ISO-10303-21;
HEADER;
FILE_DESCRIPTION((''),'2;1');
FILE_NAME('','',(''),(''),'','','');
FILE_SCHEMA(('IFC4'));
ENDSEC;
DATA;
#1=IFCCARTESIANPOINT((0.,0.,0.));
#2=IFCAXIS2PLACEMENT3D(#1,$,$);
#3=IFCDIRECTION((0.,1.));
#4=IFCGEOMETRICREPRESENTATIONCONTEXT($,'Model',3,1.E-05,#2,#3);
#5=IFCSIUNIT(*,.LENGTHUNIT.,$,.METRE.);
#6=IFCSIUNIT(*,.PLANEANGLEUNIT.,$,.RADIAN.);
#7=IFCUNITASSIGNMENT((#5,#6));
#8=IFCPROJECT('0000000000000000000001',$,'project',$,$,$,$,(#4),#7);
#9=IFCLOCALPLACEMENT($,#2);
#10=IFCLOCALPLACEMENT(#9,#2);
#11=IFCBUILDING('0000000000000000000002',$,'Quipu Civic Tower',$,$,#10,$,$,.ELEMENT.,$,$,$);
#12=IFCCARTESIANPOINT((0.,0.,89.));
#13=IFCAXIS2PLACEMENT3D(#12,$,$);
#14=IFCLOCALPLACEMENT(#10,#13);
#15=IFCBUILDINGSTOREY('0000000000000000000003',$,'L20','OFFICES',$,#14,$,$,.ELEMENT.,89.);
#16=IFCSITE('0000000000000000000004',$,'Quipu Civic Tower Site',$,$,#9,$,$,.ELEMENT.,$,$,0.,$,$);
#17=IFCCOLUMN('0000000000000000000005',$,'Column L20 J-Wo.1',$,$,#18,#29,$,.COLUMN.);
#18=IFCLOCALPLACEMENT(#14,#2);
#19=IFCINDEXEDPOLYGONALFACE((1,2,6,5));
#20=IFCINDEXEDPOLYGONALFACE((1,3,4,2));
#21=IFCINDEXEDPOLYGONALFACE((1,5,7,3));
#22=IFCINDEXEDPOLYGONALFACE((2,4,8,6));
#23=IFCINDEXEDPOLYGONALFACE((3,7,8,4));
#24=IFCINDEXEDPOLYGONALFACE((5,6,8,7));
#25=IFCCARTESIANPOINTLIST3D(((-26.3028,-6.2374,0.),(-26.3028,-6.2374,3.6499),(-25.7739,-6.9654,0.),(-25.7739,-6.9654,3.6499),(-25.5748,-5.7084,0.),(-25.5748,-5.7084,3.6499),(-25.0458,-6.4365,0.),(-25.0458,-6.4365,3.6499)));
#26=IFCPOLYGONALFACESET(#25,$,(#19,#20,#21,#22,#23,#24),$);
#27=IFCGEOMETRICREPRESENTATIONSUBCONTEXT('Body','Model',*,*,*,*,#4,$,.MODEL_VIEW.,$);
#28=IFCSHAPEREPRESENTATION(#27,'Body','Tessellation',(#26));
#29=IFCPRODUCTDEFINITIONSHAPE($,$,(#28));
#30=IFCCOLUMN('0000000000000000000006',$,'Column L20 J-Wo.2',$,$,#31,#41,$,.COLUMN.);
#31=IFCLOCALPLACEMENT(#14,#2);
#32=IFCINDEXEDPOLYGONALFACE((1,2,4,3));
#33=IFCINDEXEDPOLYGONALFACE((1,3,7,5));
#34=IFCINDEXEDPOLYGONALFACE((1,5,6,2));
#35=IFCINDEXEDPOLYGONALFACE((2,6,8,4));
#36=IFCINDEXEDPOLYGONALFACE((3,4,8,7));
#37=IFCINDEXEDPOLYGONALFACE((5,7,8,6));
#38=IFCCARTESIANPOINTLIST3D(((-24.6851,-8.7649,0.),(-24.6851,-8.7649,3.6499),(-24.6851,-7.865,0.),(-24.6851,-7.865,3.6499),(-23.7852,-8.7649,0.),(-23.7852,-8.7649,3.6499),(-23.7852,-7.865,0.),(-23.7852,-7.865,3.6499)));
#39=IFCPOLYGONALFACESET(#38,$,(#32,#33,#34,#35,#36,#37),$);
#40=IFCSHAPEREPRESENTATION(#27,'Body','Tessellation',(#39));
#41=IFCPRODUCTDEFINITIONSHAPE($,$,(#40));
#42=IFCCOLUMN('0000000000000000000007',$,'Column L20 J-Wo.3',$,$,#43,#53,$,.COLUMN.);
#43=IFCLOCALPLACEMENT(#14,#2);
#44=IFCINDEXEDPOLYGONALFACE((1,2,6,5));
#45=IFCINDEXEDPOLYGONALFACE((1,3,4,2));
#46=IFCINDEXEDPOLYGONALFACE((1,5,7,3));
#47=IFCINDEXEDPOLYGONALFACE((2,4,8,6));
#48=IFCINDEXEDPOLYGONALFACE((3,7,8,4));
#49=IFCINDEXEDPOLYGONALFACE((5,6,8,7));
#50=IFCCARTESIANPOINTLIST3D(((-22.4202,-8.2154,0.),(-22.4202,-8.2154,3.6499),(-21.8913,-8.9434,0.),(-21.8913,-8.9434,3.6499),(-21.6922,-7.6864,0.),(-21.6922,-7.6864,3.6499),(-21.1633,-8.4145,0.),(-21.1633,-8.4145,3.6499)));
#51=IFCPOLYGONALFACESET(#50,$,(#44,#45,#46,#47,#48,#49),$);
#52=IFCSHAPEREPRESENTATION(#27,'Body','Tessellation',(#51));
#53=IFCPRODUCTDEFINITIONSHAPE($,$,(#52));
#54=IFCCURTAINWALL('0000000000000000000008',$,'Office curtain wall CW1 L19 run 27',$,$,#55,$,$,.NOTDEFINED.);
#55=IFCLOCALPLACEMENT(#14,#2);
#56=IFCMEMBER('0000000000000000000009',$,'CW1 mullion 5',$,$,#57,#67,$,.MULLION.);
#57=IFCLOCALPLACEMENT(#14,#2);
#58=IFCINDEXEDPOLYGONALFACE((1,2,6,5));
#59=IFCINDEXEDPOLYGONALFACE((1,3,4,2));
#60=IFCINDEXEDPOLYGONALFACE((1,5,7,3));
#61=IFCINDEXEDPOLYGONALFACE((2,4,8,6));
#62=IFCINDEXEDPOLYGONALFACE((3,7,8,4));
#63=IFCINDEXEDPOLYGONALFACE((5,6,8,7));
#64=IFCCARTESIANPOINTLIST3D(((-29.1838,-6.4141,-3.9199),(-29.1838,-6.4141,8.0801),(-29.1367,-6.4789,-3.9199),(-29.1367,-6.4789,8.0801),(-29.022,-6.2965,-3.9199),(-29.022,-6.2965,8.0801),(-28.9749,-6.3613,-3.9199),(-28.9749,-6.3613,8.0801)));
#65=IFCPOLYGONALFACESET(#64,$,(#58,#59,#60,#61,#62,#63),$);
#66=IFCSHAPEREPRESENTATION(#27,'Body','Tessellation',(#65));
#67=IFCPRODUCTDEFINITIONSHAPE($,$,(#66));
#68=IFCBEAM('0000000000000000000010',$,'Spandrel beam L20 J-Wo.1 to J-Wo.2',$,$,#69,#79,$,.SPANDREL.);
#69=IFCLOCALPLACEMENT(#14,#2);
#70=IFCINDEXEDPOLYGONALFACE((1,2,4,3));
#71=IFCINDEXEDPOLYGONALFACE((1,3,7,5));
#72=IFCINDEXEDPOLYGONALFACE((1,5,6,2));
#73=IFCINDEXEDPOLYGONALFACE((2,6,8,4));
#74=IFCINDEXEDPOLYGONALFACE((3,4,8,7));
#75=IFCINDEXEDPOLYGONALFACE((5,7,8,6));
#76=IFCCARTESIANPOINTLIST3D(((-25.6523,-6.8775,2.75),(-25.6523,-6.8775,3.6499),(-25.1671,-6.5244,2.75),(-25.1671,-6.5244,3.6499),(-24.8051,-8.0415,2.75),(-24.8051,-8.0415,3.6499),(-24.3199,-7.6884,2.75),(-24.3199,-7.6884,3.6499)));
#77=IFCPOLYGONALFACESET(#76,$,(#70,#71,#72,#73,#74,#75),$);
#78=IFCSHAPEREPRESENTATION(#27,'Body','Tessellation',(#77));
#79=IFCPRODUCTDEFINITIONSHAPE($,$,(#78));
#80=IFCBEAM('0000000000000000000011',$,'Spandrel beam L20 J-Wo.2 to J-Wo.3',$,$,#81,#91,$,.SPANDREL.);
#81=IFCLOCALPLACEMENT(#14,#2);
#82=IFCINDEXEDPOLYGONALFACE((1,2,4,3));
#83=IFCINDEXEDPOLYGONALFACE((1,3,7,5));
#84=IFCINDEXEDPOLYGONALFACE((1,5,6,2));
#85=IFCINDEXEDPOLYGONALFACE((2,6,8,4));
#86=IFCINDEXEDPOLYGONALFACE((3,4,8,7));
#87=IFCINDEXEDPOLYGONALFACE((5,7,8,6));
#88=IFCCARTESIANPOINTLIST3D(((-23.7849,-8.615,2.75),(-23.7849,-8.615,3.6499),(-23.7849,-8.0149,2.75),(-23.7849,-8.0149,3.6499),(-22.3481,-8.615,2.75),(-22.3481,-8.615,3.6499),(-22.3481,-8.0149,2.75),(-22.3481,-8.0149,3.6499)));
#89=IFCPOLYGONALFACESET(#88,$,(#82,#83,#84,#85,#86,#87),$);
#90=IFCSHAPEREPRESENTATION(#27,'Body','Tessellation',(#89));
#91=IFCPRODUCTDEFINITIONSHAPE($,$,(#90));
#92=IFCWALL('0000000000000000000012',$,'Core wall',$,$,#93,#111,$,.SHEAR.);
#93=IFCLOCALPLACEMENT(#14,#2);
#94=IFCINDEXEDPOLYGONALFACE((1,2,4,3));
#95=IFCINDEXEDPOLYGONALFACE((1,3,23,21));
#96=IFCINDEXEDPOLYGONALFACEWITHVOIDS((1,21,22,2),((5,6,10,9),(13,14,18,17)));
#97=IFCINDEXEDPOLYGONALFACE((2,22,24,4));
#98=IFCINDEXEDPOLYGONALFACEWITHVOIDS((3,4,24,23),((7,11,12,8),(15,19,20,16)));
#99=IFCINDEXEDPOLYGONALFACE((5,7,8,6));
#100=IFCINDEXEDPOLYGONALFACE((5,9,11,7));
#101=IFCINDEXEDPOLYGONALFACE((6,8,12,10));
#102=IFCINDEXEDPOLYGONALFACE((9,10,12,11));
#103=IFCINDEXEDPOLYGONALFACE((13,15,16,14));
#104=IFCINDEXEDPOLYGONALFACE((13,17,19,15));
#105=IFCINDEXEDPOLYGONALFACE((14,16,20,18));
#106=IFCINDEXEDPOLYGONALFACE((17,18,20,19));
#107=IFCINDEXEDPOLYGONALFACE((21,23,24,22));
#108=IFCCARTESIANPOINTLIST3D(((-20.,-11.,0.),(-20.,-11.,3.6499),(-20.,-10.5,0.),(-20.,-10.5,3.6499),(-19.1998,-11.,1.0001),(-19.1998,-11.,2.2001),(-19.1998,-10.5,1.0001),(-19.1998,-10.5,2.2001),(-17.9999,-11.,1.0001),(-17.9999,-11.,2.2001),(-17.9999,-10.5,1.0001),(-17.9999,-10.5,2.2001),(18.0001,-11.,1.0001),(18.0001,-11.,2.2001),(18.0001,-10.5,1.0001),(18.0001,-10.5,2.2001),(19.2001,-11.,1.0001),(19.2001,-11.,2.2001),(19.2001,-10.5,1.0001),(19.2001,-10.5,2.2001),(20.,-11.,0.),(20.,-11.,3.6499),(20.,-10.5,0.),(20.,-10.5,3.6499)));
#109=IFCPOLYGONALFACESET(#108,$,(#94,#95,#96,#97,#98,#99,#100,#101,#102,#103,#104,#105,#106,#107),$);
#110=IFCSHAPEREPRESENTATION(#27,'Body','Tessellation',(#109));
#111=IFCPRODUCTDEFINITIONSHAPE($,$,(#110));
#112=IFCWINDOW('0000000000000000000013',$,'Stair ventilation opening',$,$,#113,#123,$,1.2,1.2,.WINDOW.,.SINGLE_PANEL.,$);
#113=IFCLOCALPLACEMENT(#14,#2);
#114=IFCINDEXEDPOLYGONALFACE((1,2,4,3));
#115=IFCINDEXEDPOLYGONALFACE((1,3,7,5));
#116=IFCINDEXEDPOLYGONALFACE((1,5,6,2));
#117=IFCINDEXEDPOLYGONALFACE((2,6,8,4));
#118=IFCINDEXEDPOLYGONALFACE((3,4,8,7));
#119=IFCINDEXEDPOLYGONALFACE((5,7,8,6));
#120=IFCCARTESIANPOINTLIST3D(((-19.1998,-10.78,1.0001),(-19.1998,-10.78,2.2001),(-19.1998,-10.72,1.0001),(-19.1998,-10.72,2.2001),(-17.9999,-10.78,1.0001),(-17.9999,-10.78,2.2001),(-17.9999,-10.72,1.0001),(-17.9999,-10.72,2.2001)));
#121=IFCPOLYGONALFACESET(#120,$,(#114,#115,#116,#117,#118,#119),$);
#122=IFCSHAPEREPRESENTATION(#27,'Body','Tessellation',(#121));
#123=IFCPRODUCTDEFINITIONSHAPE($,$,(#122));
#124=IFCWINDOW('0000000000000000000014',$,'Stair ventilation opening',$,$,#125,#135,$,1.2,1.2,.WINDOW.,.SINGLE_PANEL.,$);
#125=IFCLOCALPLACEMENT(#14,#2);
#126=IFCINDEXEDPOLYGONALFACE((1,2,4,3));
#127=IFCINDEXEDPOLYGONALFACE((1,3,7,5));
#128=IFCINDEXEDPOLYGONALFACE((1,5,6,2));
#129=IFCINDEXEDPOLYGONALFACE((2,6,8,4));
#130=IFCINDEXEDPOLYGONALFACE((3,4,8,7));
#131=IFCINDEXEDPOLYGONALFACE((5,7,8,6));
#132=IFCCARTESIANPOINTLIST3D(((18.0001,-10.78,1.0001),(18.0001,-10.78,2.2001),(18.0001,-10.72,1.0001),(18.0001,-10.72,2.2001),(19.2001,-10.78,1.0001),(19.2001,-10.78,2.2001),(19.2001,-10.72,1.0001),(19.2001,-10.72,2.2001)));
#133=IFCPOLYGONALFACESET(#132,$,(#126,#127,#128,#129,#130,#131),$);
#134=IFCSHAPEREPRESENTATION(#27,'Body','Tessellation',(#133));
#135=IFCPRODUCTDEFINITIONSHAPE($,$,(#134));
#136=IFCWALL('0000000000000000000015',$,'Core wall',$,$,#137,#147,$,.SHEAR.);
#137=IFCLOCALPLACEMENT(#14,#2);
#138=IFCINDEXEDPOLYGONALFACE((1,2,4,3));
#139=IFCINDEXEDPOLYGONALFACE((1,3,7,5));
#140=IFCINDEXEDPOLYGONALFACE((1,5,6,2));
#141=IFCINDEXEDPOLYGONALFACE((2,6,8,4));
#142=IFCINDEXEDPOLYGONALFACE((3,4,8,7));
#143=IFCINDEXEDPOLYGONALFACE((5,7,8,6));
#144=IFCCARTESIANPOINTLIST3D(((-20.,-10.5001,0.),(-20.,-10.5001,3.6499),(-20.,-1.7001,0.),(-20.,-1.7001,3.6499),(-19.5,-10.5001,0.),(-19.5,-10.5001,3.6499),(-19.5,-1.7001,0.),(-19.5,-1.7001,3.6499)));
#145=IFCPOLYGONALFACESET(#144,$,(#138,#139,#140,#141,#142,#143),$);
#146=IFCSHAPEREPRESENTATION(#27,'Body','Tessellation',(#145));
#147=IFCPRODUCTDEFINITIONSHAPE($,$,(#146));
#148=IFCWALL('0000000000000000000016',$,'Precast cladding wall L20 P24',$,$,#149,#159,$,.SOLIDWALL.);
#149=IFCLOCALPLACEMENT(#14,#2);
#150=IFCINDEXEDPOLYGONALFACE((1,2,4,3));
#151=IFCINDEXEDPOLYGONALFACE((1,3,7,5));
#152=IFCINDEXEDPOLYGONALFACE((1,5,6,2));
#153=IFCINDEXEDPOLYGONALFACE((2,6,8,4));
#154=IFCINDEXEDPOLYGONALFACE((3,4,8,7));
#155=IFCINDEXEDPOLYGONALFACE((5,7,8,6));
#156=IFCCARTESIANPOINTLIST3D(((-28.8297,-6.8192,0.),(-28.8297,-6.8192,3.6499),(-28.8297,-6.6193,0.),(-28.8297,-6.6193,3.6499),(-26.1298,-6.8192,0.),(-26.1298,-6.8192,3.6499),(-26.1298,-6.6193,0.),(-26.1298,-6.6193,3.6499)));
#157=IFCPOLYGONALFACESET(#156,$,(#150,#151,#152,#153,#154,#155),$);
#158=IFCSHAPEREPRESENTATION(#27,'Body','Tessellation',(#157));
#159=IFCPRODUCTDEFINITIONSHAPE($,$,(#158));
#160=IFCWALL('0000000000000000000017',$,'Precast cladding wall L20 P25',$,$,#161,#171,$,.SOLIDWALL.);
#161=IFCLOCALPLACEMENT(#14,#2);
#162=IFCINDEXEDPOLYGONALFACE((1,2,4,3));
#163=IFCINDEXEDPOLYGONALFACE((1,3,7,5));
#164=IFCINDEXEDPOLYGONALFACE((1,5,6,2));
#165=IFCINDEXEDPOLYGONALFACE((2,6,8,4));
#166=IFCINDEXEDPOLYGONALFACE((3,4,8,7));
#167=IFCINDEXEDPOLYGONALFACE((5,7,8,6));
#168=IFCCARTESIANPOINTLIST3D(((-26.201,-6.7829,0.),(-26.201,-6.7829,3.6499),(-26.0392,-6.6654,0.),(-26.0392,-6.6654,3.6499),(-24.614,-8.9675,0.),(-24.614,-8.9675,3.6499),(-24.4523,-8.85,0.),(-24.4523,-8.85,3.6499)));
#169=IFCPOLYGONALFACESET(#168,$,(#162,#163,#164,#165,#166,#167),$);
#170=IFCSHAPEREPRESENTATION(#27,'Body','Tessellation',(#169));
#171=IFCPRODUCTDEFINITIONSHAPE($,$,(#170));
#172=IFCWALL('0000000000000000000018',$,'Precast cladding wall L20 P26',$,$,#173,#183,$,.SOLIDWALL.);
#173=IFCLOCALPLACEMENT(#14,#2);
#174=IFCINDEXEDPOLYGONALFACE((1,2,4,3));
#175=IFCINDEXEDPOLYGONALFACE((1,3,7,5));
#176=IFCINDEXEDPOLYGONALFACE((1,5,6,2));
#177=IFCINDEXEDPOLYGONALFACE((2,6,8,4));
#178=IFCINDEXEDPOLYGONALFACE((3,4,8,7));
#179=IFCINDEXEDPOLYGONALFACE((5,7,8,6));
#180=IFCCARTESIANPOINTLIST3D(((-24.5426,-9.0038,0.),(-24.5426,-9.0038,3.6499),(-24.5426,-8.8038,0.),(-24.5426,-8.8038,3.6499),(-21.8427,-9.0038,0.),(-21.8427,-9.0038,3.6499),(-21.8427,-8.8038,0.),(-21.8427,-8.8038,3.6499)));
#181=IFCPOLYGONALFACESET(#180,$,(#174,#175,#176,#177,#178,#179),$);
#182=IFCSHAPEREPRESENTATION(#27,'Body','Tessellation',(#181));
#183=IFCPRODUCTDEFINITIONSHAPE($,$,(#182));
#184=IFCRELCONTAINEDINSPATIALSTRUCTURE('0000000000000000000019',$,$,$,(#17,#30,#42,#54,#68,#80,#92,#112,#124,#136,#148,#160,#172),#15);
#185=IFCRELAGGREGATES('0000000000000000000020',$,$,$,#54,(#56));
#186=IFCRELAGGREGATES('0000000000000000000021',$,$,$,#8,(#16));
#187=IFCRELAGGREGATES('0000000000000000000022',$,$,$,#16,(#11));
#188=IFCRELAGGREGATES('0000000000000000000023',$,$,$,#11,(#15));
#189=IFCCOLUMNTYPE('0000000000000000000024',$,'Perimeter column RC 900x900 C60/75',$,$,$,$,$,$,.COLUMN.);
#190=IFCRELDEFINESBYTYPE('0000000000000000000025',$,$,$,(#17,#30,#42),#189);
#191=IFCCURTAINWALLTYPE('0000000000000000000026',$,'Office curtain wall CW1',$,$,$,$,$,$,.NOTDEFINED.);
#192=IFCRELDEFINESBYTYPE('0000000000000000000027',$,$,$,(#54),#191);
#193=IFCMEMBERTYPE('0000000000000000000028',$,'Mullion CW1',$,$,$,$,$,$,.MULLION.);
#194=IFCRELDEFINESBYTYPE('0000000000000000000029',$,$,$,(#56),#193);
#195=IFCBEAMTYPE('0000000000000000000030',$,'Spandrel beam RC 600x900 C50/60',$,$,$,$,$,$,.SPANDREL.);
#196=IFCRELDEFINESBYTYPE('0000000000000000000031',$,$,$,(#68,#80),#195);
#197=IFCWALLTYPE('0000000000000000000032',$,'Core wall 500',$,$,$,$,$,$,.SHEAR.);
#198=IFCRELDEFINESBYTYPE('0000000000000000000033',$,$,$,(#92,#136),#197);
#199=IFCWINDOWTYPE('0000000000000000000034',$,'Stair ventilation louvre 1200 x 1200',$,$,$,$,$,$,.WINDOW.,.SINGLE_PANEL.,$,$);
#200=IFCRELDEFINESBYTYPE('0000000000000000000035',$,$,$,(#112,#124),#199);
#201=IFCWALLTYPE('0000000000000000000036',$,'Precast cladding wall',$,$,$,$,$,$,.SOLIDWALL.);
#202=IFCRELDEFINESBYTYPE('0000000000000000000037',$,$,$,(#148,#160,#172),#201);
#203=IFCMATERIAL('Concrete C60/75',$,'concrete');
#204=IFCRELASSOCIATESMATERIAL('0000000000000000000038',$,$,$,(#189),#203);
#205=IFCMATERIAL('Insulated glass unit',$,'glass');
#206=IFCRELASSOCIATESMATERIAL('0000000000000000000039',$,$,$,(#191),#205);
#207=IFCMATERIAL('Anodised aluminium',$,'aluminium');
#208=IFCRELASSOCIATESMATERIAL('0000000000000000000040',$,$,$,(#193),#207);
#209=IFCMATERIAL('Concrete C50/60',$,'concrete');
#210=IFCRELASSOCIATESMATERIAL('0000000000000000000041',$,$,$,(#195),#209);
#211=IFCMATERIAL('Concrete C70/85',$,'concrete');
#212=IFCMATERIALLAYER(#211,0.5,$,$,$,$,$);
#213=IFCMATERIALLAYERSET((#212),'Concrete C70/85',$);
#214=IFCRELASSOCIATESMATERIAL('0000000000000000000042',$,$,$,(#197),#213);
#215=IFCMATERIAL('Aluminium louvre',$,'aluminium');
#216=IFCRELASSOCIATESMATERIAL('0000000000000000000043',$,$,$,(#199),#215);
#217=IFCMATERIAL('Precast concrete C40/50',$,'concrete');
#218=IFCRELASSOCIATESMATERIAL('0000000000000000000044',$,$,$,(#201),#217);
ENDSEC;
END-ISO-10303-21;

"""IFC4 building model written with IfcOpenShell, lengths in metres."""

from ifc_helpers import new_model, si_unit, direction, frame, frame_2d, origin, origin_2d, place, context, subcontext, project, spatial, rectangle, extrude, material, layer, layer_set, material_profile, profile_set, type_object, element, fill, aggregate, save


model = new_model("IFC4")

# Units and contexts
model_context = context("Model", 3, precision=1e-05, world=origin(), true_north=direction((0.0, 1.0)))
body_context = subcontext(model_context, "Body", "Model", "MODEL_VIEW")
ifc_project = project(units=[si_unit("LENGTHUNIT", "METRE"), si_unit("PLANEANGLEUNIT", "RADIAN")], contexts=[model_context])

# Site, building, storey
site_placement = place(None, origin())
site = spatial("IfcSite", under=ifc_project, at=site_placement, Name="Quipu Civic Tower Site", CompositionType="ELEMENT", RefElevation=0.0)
building_placement = place(site_placement, origin())
building = spatial("IfcBuilding", under=site, at=building_placement, Name="Quipu Civic Tower", CompositionType="ELEMENT")
storey_placement = place(building_placement, frame((0.0, 0.0, 89.0)))
storey = spatial("IfcBuildingStorey", under=building, at=storey_placement, Name="L20", Description="OFFICES", CompositionType="ELEMENT", Elevation=89.0)

# Columns
ifc_material_1 = material(Name="Concrete C60/75", Category="concrete")
ifc_material_profile_1 = material_profile(ifc_material_1, rectangle(XDim=0.8999, YDim=0.8999, at=origin_2d()), Name="RC900x900")
ifc_profile_set_1 = profile_set([ifc_material_profile_1], Name="Concrete C60/75")
column_type = type_object("IfcColumnType", Name="Perimeter column RC 900x900 C60/75", PredefinedType="COLUMN", material=ifc_profile_set_1)
for number, where, z_axis, x_axis, name in (
    (1, (-25.6743, -6.3369, 0.0), (0.0, 0.0, 1.0), (0.587785, -0.809017, 0.0), "Column L20 J-Wo.1"),
    (2, (-24.2351, -8.3149, 0.0), (0.0, 0.0, 1.0), (1.0, 0.0, 0.0), "Column L20 J-Wo.2"),
    (3, (-21.7917, -8.3149, 0.0), (0.0, 0.0, 1.0), (0.587785, -0.809017, 0.0), "Column L20 J-Wo.3"),
):
    element("IfcColumn", number, at=place(storey_placement, frame(where, z_axis=z_axis, x_axis=x_axis)), inside=storey, type_object=column_type, Name=name, PredefinedType="COLUMN", context=body_context, shape_type="SweptSolid", body=[
        extrude(rectangle(XDim=0.8999, YDim=0.8999, at=origin_2d()), origin(), (0.0, 0.0, 1.0), 3.6499),
    ])

# Curtain wall, member
ifc_material_2 = material(Name="Insulated glass unit", Category="glass")
curtain_wall_type = type_object("IfcCurtainWallType", Name="Office curtain wall CW1", PredefinedType="NOTDEFINED", material=ifc_material_2)
curtain_wall_placement = place(storey_placement, origin())
curtain_wall = element("IfcCurtainWall", 4, at=curtain_wall_placement, inside=storey, type_object=curtain_wall_type, Name="Office curtain wall CW1 L19 run 27", PredefinedType="NOTDEFINED")
ifc_material_3 = material(Name="Anodised aluminium", Category="aluminium")
ifc_material_profile_2 = material_profile(ifc_material_3, rectangle(XDim=0.2, YDim=0.0801, at=origin_2d()), Name="RECT 200x80")
ifc_profile_set_2 = profile_set([ifc_material_profile_2], Name="Anodised aluminium")
member_type = type_object("IfcMemberType", Name="Mullion CW1", PredefinedType="MULLION", material=ifc_profile_set_2)
member_placement = place(storey_placement, frame((-29.0793, -6.3877, -3.9199), z_axis=(0.0, 0.0, 1.0), x_axis=(0.809017, 0.587786, 0.0)))
member = element("IfcMember", 5, at=member_placement, type_object=member_type, Name="CW1 mullion 5", PredefinedType="MULLION", context=body_context, shape_type="SweptSolid", body=[
    extrude(rectangle(XDim=0.2, YDim=0.0801, at=origin_2d()), origin(), (0.0, 0.0, 1.0), 12.0),
])
aggregate(curtain_wall, [member])

# Beams
ifc_material_4 = material(Name="Concrete C50/60", Category="concrete")
ifc_material_profile_3 = material_profile(ifc_material_4, rectangle(XDim=0.6001, YDim=0.8999, at=origin_2d()), Name="RC600x900")
ifc_profile_set_3 = profile_set([ifc_material_profile_3], Name="Concrete C50/60")
beam_type = type_object("IfcBeamType", Name="Spandrel beam RC 600x900 C50/60", PredefinedType="SPANDREL", material=ifc_profile_set_3)
beam_1_placement = place(storey_placement, frame((-25.4097, -6.7009, 3.2), z_axis=(0.588434, -0.808545, 0.0), x_axis=(0.808545, 0.588434, 0.0)))
element("IfcBeam", 6, at=beam_1_placement, inside=storey, type_object=beam_type, Name="Spandrel beam L20 J-Wo.1 to J-Wo.2", PredefinedType="SPANDREL", context=body_context, shape_type="SweptSolid", body=[
    extrude(rectangle(XDim=0.6001, YDim=0.8999, at=origin_2d()), origin(), (0.0, 0.0, 1.0), 1.4397),
])
beam_2_placement = place(storey_placement, frame((-23.7849, -8.3149, 3.2), z_axis=(1.0, 0.0, 0.0), x_axis=(0.0, 1.0, 0.0)))
element("IfcBeam", 7, at=beam_2_placement, inside=storey, type_object=beam_type, Name="Spandrel beam L20 J-Wo.2 to J-Wo.3", PredefinedType="SPANDREL", context=body_context, shape_type="SweptSolid", body=[
    extrude(rectangle(XDim=0.6001, YDim=0.8999, at=origin_2d()), origin(), (0.0, 0.0, 1.0), 1.4368),
])

# Wall, openings, windows
ifc_material_5 = material(Name="Concrete C70/85", Category="concrete")
ifc_layer = layer(ifc_material_5, 0.5)
ifc_layer_set = layer_set([ifc_layer], Name="Concrete C70/85")
wall_type_1 = type_object("IfcWallType", Name="Core wall 500", PredefinedType="SHEAR", material=ifc_layer_set)
wall_1_placement = place(storey_placement, frame((-20.0, -10.75, 0.0), z_axis=(0.0, 0.0, 1.0), x_axis=(1.0, 0.0, 0.0)))
wall_1 = element("IfcWall", 8, at=wall_1_placement, inside=storey, type_object=wall_type_1, Name="Core wall", PredefinedType="SHEAR", context=body_context, shape_type="SweptSolid", body=[
    extrude(rectangle(XDim=40.0, YDim=0.5, at=frame_2d((20.0, 0.0))), origin(), (0.0, 0.0, 1.0), 3.6499),
])
opening_1_placement = place(wall_1_placement, frame((0.8, 0.0, 1.0)))
opening_1 = element("IfcOpeningElement", 9, at=opening_1_placement, cuts=wall_1, PredefinedType="OPENING", context=body_context, shape_type="SweptSolid", body=[
    extrude(rectangle(XDim=1.2, YDim=1.2, at=frame_2d((0.6001, 0.6001))), frame((0.0, 0.26, 0.0), z_axis=(0.0, -1.0, 0.0), x_axis=(1.0, 0.0, 0.0)), (0.0, 0.0, 1.0), 0.52),
])
opening_2_placement = place(wall_1_placement, frame((38.0, 0.0, 1.0)))
opening_2 = element("IfcOpeningElement", 10, at=opening_2_placement, cuts=wall_1, PredefinedType="OPENING", context=body_context, shape_type="SweptSolid", body=[
    extrude(rectangle(XDim=1.2, YDim=1.2, at=frame_2d((0.6001, 0.6001))), frame((0.0, 0.26, 0.0), z_axis=(0.0, -1.0, 0.0), x_axis=(1.0, 0.0, 0.0)), (0.0, 0.0, 1.0), 0.52),
])
ifc_material_6 = material(Name="Aluminium louvre", Category="aluminium")
window_type = type_object("IfcWindowType", Name="Stair ventilation louvre 1200 x 1200", PartitioningType="SINGLE_PANEL", PredefinedType="WINDOW", material=ifc_material_6)
window_1_placement = place(opening_1_placement, origin())
window_1 = element("IfcWindow", 11, at=window_1_placement, inside=storey, type_object=window_type, Name="Stair ventilation opening", OverallHeight=1.2, OverallWidth=1.2, PartitioningType="SINGLE_PANEL", PredefinedType="WINDOW", context=body_context, shape_type="SweptSolid", body=[
    extrude(rectangle(XDim=1.2, YDim=1.2, at=frame_2d((0.6001, 0.6001))), frame((0.0, 0.03, 0.0), z_axis=(0.0, -1.0, 0.0), x_axis=(1.0, 0.0, 0.0)), (0.0, 0.0, 1.0), 0.0601),
])
fill(opening_1, window_1)
window_2_placement = place(opening_2_placement, origin())
window_2 = element("IfcWindow", 12, at=window_2_placement, inside=storey, type_object=window_type, Name="Stair ventilation opening", OverallHeight=1.2, OverallWidth=1.2, PartitioningType="SINGLE_PANEL", PredefinedType="WINDOW", context=body_context, shape_type="SweptSolid", body=[
    extrude(rectangle(XDim=1.2, YDim=1.2, at=frame_2d((0.6001, 0.6001))), frame((0.0, 0.03, 0.0), z_axis=(0.0, -1.0, 0.0), x_axis=(1.0, 0.0, 0.0)), (0.0, 0.0, 1.0), 0.0601),
])
fill(opening_2, window_2)

# Walls
wall_2_placement = place(storey_placement, frame((-19.75, -10.5, 0.0), z_axis=(0.0, 0.0, 1.0), x_axis=(0.0, 1.0, 0.0)))
element("IfcWall", 13, at=wall_2_placement, inside=storey, type_object=wall_type_1, Name="Core wall", PredefinedType="SHEAR", context=body_context, shape_type="SweptSolid", body=[
    extrude(rectangle(XDim=8.8, YDim=0.5, at=frame_2d((4.3999, 0.0))), origin(), (0.0, 0.0, 1.0), 3.6499),
])
ifc_material_7 = material(Name="Precast concrete C40/50", Category="concrete")
wall_type_2 = type_object("IfcWallType", Name="Precast cladding wall", PredefinedType="SOLIDWALL", material=ifc_material_7)
wall_3_placement = place(storey_placement, frame((-28.8298, -6.7192, 0.0), z_axis=(0.0, 0.0, 1.0), x_axis=(1.0, 0.0, 0.0)))
element("IfcWall", 14, at=wall_3_placement, inside=storey, type_object=wall_type_2, Name="Precast cladding wall L20 P24", PredefinedType="SOLIDWALL", context=body_context, shape_type="SweptSolid", body=[
    extrude(rectangle(XDim=2.7, YDim=0.2, at=frame_2d((1.3501, 0.0))), origin(), (0.0, 0.0, 1.0), 3.6499),
])
wall_4_placement = place(storey_placement, frame((-26.1201, -6.7241, 0.0), z_axis=(0.0, 0.0, 1.0), x_axis=(0.58772, -0.809064, 0.0)))
element("IfcWall", 15, at=wall_4_placement, inside=storey, type_object=wall_type_2, Name="Precast cladding wall L20 P25", PredefinedType="SOLIDWALL", context=body_context, shape_type="SweptSolid", body=[
    extrude(rectangle(XDim=2.7002, YDim=0.2, at=frame_2d((1.3501, 0.0))), origin(), (0.0, 0.0, 1.0), 3.6499),
])
wall_5_placement = place(storey_placement, frame((-24.5427, -8.9038, 0.0), z_axis=(0.0, 0.0, 1.0), x_axis=(1.0, 0.0, 0.0)))
element("IfcWall", 16, at=wall_5_placement, inside=storey, type_object=wall_type_2, Name="Precast cladding wall L20 P26", PredefinedType="SOLIDWALL", context=body_context, shape_type="SweptSolid", body=[
    extrude(rectangle(XDim=2.7, YDim=0.2, at=frame_2d((1.3501, 0.0))), origin(), (0.0, 0.0, 1.0), 3.6499),
])

save(model, "model.ifc")
